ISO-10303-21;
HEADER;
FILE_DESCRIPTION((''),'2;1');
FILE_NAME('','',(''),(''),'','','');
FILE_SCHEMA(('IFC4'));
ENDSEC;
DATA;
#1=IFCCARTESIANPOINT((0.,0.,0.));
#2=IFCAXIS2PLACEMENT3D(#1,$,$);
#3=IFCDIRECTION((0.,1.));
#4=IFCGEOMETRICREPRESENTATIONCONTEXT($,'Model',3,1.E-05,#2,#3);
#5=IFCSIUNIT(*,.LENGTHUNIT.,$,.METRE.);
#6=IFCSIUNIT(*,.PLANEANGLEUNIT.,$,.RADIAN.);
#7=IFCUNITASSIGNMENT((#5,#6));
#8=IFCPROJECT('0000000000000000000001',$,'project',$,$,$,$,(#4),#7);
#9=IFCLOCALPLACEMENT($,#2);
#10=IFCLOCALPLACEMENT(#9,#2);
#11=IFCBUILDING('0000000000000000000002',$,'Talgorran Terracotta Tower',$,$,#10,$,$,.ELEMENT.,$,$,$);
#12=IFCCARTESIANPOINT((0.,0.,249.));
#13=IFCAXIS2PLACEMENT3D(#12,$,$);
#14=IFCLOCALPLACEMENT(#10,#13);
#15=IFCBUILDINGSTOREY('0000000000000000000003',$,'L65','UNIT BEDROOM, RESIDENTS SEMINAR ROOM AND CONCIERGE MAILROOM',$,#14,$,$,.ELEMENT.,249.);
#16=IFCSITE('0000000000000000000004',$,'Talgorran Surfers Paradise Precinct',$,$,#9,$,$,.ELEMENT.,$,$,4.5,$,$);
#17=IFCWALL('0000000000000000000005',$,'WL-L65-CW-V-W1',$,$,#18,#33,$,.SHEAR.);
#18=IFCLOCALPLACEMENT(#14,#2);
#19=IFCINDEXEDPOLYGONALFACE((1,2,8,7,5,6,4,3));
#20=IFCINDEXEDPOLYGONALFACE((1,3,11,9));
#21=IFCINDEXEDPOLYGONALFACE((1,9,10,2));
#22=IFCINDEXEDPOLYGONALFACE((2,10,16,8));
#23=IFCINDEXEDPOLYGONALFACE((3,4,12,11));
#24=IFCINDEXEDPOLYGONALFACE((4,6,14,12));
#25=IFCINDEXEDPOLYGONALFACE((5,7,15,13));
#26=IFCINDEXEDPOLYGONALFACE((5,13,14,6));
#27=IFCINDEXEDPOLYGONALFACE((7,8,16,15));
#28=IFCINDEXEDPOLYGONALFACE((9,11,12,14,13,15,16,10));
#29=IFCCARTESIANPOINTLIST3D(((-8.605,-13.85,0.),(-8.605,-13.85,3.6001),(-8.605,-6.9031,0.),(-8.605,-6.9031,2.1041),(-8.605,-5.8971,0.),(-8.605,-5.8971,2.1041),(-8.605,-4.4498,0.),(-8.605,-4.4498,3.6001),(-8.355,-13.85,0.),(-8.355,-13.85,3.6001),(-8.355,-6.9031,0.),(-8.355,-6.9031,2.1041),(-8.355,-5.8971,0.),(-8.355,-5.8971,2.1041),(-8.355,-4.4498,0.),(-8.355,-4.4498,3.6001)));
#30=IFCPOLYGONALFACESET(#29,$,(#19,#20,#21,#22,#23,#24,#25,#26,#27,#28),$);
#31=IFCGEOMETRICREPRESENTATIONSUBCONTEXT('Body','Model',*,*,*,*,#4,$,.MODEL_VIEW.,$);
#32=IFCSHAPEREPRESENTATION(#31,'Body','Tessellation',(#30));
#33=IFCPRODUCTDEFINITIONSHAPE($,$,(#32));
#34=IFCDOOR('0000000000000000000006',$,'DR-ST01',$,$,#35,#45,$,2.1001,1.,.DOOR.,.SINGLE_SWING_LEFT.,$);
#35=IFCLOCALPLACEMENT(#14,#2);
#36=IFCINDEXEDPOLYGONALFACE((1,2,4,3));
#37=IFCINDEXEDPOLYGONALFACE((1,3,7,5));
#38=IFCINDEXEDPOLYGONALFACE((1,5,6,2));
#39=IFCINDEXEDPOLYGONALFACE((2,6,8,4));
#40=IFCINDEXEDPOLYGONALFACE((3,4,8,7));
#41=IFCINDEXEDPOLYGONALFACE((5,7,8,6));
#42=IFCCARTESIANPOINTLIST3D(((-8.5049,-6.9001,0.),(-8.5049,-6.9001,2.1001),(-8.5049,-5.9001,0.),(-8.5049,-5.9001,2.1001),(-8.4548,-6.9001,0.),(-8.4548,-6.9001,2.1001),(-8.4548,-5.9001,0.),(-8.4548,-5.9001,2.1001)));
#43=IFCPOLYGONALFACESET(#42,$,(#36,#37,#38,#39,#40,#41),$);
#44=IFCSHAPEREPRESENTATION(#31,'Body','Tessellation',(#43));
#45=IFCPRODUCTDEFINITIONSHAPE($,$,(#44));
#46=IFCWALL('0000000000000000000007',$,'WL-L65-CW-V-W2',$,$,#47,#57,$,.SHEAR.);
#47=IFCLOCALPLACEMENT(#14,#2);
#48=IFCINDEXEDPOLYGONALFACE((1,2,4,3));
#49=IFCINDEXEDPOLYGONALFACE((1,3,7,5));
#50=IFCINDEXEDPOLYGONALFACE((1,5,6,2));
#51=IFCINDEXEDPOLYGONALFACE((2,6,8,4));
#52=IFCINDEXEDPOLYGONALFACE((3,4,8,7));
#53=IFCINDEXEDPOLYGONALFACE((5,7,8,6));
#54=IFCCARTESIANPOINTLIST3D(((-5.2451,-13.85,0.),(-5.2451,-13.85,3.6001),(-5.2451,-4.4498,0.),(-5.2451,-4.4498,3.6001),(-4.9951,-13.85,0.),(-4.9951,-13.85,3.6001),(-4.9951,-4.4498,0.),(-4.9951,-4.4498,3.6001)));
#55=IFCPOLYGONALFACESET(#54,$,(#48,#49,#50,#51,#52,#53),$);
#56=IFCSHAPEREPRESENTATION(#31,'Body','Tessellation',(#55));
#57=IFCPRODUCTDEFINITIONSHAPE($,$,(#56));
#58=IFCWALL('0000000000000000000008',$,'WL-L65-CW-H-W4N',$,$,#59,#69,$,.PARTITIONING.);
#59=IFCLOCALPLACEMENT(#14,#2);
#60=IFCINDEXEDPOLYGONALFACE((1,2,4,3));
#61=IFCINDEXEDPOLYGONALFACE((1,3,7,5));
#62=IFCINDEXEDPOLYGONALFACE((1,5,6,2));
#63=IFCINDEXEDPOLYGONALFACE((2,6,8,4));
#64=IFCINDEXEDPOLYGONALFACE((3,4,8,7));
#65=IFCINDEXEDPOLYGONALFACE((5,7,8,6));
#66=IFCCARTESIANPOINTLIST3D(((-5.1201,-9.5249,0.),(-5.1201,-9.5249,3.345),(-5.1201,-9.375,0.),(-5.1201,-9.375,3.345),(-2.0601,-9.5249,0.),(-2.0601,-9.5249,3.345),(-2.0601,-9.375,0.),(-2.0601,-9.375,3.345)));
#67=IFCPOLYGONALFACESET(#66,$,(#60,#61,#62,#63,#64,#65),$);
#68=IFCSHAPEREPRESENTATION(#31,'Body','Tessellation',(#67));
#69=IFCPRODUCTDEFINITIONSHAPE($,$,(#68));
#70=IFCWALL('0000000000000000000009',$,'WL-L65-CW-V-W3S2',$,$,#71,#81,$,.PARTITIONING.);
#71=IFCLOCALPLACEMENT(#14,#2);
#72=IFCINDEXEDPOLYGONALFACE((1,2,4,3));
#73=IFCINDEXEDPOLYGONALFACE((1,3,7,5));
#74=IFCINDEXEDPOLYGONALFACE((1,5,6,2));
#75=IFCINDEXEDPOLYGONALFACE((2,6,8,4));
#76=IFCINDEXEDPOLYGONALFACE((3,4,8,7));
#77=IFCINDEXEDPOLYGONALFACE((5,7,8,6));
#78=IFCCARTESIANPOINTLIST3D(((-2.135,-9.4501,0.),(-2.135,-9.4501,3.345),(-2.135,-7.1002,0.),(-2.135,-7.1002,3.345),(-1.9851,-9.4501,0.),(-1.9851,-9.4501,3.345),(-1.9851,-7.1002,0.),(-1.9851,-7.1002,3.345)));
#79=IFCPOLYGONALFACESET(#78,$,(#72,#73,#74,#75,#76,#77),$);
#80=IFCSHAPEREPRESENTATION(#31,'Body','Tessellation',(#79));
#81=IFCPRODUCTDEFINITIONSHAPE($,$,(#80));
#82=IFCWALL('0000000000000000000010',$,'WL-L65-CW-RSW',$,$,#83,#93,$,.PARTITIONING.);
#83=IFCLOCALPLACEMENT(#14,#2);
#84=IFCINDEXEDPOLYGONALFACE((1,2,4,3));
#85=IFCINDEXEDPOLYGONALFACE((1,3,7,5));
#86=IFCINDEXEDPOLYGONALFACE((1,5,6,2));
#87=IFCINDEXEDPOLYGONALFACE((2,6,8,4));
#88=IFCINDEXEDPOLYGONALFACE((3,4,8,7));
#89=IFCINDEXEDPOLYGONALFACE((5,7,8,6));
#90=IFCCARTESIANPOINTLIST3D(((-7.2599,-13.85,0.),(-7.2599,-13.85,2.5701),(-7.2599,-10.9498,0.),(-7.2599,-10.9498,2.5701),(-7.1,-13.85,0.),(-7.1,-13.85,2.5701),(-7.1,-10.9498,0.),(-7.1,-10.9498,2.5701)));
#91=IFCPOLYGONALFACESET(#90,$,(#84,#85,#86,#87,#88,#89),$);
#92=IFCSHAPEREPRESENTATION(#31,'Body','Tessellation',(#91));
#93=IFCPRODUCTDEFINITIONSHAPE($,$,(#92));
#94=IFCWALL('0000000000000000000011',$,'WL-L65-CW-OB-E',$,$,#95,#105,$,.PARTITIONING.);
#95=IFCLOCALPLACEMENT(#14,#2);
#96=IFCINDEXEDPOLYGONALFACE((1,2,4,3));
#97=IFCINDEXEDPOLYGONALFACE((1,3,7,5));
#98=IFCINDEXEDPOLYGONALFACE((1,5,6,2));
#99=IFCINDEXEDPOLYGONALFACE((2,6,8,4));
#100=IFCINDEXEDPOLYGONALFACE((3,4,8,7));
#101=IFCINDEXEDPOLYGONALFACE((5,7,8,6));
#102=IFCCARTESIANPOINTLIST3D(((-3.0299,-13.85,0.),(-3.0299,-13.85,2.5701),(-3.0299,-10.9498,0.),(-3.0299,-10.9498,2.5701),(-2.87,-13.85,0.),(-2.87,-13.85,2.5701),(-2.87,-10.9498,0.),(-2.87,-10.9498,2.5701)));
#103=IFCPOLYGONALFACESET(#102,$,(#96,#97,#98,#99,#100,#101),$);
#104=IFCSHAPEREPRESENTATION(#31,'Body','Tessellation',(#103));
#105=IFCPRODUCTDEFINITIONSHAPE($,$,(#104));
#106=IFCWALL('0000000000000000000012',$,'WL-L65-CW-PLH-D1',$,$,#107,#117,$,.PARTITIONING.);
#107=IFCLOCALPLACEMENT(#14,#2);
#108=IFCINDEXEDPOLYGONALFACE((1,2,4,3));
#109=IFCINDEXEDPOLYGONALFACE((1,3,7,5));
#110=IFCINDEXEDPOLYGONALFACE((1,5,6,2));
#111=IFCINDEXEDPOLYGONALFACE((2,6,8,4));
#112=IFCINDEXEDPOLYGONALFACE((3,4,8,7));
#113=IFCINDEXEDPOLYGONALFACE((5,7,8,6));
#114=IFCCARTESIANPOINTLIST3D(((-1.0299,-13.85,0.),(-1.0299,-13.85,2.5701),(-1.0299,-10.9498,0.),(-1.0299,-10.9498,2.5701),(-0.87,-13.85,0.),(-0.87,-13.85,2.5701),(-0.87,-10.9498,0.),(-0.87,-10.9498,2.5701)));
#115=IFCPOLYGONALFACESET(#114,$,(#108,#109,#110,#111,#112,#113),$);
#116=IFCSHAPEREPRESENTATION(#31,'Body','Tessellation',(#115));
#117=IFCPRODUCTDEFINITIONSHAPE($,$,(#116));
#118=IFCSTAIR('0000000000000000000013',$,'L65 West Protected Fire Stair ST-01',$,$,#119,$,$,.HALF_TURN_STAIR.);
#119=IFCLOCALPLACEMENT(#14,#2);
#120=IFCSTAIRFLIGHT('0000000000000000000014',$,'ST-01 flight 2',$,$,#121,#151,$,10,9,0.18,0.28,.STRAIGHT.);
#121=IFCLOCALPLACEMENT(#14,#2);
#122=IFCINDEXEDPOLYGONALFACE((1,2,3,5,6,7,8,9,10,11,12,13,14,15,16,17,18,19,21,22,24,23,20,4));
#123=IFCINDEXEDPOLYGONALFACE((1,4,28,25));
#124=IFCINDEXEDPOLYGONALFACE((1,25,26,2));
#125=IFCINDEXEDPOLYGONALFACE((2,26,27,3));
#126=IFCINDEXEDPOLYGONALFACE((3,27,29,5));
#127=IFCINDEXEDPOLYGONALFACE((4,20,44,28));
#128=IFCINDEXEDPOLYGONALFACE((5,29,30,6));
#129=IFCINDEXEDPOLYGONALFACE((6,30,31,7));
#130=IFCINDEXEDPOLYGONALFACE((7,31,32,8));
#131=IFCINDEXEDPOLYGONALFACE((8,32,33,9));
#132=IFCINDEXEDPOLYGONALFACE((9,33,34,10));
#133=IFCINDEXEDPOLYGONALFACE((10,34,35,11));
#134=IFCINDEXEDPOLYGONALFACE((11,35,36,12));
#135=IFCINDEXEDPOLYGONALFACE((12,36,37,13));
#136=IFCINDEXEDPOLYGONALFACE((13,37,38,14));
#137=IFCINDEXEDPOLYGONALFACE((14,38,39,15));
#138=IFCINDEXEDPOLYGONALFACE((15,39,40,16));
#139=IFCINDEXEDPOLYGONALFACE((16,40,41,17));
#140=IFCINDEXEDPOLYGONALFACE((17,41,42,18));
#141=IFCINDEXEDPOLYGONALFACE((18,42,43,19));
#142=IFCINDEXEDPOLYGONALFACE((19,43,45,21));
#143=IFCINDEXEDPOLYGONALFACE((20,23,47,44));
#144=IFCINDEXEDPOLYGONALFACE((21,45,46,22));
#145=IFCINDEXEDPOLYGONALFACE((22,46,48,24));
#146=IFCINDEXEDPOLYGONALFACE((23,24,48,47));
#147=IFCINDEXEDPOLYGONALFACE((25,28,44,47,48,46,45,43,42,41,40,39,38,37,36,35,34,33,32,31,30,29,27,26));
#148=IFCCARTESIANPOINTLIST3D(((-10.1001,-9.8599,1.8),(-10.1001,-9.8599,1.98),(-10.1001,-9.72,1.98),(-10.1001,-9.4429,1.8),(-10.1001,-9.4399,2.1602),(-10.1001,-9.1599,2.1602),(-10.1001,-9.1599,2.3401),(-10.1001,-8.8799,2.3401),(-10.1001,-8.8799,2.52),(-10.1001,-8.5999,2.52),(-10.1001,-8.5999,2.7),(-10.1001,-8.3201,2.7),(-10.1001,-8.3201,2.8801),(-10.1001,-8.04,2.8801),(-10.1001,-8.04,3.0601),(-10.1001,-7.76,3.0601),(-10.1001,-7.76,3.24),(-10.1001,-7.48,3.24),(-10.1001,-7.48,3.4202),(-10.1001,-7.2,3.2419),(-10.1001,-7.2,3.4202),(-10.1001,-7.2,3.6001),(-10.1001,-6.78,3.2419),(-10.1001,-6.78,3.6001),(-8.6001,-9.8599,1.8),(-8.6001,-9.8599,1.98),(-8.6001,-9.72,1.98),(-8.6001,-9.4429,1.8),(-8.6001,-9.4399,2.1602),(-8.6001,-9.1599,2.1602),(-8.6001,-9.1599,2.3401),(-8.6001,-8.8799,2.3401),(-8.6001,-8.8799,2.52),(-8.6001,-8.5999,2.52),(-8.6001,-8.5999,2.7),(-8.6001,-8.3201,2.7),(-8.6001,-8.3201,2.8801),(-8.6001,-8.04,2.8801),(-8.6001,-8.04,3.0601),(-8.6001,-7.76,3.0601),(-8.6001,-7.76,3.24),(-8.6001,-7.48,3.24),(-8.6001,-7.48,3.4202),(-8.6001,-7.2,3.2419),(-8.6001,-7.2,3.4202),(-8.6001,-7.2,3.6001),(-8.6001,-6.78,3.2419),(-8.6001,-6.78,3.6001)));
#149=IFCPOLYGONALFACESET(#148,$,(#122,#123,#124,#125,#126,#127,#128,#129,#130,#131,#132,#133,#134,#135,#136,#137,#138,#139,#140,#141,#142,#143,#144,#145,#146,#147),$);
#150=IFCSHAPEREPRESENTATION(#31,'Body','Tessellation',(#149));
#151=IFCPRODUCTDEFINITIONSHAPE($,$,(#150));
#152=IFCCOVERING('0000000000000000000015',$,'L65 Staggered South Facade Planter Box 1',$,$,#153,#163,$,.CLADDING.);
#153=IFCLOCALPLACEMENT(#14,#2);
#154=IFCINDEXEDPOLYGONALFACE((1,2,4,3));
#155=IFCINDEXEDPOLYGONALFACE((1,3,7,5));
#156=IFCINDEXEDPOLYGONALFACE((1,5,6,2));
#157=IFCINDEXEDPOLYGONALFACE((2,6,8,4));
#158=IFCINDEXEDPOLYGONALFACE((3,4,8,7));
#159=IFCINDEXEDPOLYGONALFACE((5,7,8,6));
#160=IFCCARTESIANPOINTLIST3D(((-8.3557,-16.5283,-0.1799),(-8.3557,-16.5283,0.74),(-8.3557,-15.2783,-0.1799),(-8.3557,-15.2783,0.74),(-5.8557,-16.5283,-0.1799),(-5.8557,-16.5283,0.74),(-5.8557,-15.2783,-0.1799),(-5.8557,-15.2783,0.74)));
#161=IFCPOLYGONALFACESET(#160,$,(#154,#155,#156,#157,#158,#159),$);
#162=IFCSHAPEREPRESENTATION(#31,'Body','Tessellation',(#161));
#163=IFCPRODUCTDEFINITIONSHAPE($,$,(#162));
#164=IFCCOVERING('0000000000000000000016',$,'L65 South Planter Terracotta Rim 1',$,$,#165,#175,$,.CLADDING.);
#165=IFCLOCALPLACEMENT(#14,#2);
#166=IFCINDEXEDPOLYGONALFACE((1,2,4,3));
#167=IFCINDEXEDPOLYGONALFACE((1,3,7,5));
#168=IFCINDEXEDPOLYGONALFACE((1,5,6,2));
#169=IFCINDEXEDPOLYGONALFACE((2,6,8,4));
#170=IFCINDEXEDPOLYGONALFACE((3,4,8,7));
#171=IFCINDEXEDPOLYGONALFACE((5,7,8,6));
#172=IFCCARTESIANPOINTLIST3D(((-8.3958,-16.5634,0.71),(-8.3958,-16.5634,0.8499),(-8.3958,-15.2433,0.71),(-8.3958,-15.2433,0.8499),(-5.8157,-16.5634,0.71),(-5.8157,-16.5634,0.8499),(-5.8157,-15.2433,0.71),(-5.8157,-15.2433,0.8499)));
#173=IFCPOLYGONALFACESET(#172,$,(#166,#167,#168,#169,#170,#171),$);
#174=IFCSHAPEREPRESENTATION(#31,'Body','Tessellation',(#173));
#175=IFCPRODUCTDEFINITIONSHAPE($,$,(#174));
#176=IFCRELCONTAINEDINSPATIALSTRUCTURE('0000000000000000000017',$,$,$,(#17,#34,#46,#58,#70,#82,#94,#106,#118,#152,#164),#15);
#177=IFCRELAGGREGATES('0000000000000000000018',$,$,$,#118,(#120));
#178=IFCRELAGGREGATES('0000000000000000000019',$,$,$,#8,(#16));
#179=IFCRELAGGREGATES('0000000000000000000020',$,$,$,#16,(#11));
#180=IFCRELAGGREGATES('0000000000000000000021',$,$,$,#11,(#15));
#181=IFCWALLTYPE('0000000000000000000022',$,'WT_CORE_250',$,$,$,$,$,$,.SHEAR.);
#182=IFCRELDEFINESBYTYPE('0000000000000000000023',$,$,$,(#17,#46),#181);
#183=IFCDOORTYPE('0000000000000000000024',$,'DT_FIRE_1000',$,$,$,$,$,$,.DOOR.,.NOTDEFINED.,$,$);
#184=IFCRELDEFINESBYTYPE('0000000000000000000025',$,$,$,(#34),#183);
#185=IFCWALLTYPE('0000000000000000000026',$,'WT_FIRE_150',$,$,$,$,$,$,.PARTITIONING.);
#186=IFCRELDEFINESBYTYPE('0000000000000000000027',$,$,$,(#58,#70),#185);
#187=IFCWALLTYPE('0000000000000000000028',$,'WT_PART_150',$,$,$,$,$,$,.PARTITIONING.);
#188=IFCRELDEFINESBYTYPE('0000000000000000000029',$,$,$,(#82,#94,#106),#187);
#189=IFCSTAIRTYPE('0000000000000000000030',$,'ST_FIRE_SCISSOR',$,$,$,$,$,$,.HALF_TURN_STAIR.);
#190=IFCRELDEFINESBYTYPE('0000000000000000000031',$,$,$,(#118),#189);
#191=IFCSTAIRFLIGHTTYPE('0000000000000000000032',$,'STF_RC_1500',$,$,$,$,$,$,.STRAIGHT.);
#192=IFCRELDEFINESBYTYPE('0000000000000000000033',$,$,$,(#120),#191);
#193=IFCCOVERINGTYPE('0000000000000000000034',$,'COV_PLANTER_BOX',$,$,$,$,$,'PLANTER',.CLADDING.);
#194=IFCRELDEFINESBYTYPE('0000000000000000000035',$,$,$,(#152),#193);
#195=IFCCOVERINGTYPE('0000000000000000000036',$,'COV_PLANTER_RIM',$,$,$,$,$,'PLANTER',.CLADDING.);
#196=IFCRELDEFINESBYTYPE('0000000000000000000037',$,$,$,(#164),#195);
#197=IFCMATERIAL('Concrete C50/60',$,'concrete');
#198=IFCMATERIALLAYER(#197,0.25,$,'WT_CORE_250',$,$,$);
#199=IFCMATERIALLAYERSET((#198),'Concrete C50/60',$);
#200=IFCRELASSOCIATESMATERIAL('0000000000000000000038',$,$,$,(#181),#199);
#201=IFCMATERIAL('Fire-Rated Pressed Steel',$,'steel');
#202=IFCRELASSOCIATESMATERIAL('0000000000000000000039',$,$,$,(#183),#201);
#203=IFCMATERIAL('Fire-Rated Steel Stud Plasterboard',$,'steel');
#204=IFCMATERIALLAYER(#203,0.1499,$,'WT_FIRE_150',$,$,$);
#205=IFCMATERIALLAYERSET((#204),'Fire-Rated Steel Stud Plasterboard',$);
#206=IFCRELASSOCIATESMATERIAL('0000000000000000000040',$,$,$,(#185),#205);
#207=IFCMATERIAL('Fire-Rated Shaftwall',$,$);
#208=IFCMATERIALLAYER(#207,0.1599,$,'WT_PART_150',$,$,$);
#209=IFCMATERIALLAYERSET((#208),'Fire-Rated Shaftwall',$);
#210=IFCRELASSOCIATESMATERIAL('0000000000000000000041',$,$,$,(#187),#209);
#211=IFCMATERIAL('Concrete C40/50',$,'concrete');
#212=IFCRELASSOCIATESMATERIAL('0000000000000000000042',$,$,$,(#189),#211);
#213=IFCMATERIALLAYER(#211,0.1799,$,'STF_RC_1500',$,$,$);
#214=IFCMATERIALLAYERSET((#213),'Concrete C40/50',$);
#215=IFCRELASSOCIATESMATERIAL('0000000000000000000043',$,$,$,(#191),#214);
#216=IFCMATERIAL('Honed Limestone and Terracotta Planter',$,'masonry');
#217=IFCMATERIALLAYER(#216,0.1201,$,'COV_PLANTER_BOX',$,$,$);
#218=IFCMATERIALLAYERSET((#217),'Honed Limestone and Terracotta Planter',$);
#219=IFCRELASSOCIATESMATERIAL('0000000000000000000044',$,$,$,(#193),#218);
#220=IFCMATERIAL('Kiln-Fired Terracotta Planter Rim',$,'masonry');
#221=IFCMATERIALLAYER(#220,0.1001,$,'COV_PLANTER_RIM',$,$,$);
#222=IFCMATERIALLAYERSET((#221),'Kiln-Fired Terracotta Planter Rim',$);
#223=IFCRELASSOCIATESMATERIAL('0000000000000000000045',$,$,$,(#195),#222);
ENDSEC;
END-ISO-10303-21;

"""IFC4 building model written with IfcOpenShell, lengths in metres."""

from ifc_helpers import new_model, si_unit, direction, frame, frame_2d, origin, origin_2d, place, context, subcontext, project, spatial, polyline, rectangle, outline, extrude, material, layer, layer_set, type_object, element, fill, aggregate, save


model = new_model("IFC4")

# Units and contexts
model_context = context("Model", 3, precision=1e-05, world=origin(), true_north=direction((0.0, 1.0)))
body_context = subcontext(model_context, "Body", "Model", "MODEL_VIEW")
ifc_project = project(units=[si_unit("LENGTHUNIT", "METRE"), si_unit("PLANEANGLEUNIT", "RADIAN")], contexts=[model_context])

# Site, building, storey
site_placement = place(None, origin())
site = spatial("IfcSite", under=ifc_project, at=site_placement, Name="Talgorran Surfers Paradise Precinct", CompositionType="ELEMENT", RefElevation=4.5)
building_placement = place(site_placement, origin())
building = spatial("IfcBuilding", under=site, at=building_placement, Name="Talgorran Terracotta Tower", CompositionType="ELEMENT")
storey_placement = place(building_placement, frame((0.0, 0.0, 249.0)))
storey = spatial("IfcBuildingStorey", under=building, at=storey_placement, Name="L65", Description="UNIT BEDROOM, RESIDENTS SEMINAR ROOM AND CONCIERGE MAILROOM", CompositionType="ELEMENT", Elevation=249.0)

# Shared definitions
ifc_material_1 = material(Name="Concrete C50/60", Category="concrete")

# Shared definitions
ifc_material_2 = material(Name="Fire-Rated Pressed Steel", Category="steel")

# Wall, opening, door
ifc_layer_1 = layer(ifc_material_1, 0.25, Name="WT_CORE_250")
ifc_layer_set_1 = layer_set([ifc_layer_1], Name="Concrete C50/60")
wall_type_1 = type_object("IfcWallType", Name="WT_CORE_250", PredefinedType="SHEAR", material=ifc_layer_set_1)
wall_1_placement = place(storey_placement, frame((-8.48, -13.8501, 0.0), z_axis=(0.0, 0.0, 1.0), x_axis=(0.0, 1.0, 0.0)))
wall_1 = element("IfcWall", 1, at=wall_1_placement, inside=storey, type_object=wall_type_1, Name="WL-L65-CW-V-W1", PredefinedType="SHEAR", context=body_context, shape_type="SweptSolid", body=[
    extrude(rectangle(XDim=9.4001, YDim=0.25, at=frame_2d((4.7002, 0.0))), origin(), (0.0, 0.0, 1.0), 3.6001),
])
opening_1_placement = place(wall_1_placement, frame((6.95, 0.0, 0.0)))
opening_1 = element("IfcOpeningElement", 2, at=opening_1_placement, cuts=wall_1, PredefinedType="OPENING", context=body_context, shape_type="SweptSolid", body=[
    extrude(rectangle(XDim=1.006, YDim=2.1041, at=frame_2d((0.5, 1.052))), frame((0.0, 0.135, 0.0), z_axis=(0.0, -1.0, 0.0), x_axis=(1.0, 0.0, 0.0)), (0.0, 0.0, 1.0), 0.27),
])
door_type_1 = type_object("IfcDoorType", Name="DT_FIRE_1000", OperationType="NOTDEFINED", PredefinedType="DOOR", material=ifc_material_2)
door_1_placement = place(opening_1_placement, origin())
door_1 = element("IfcDoor", 3, at=door_1_placement, inside=storey, type_object=door_type_1, Name="DR-ST01", OperationType="SINGLE_SWING_LEFT", OverallHeight=2.1001, OverallWidth=1.0, PredefinedType="DOOR", context=body_context, shape_type="SweptSolid", body=[
    extrude(rectangle(XDim=1.0, YDim=2.1001, at=frame_2d((0.5, 1.05))), frame((0.0, 0.0249, 0.0), z_axis=(0.0, -1.0, 0.0), x_axis=(1.0, 0.0, 0.0)), (0.0, 0.0, 1.0), 0.05),
])
fill(opening_1, door_1)

# Walls
wall_2_placement = place(storey_placement, frame((-5.1201, -13.8501, 0.0), z_axis=(0.0, 0.0, 1.0), x_axis=(0.0, 1.0, 0.0)))
element("IfcWall", 4, at=wall_2_placement, inside=storey, type_object=wall_type_1, Name="WL-L65-CW-V-W2", PredefinedType="SHEAR", context=body_context, shape_type="SweptSolid", body=[
    extrude(rectangle(XDim=9.4001, YDim=0.25, at=frame_2d((4.7002, 0.0))), origin(), (0.0, 0.0, 1.0), 3.6001),
])
ifc_material_3 = material(Name="Fire-Rated Steel Stud Plasterboard", Category="steel")
ifc_layer_2 = layer(ifc_material_3, 0.1499, Name="WT_FIRE_150")
ifc_layer_set_2 = layer_set([ifc_layer_2], Name="Fire-Rated Steel Stud Plasterboard")
wall_type_2 = type_object("IfcWallType", Name="WT_FIRE_150", PredefinedType="PARTITIONING", material=ifc_layer_set_2)
wall_3_placement = place(storey_placement, frame((-5.1201, -9.45, 0.0), z_axis=(0.0, 0.0, 1.0), x_axis=(1.0, 0.0, 0.0)))
element("IfcWall", 5, at=wall_3_placement, inside=storey, type_object=wall_type_2, Name="WL-L65-CW-H-W4N", PredefinedType="PARTITIONING", context=body_context, shape_type="SweptSolid", body=[
    extrude(rectangle(XDim=3.0601, YDim=0.1499, at=frame_2d((1.53, 0.0))), origin(), (0.0, 0.0, 1.0), 3.345),
])
wall_4_placement = place(storey_placement, frame((-2.0601, -9.45, 0.0), z_axis=(0.0, 0.0, 1.0), x_axis=(0.0, 1.0, 0.0)))
element("IfcWall", 6, at=wall_4_placement, inside=storey, type_object=wall_type_2, Name="WL-L65-CW-V-W3S2", PredefinedType="PARTITIONING", context=body_context, shape_type="SweptSolid", body=[
    extrude(rectangle(XDim=2.3499, YDim=0.1499, at=frame_2d((1.1748, 0.0))), origin(), (0.0, 0.0, 1.0), 3.345),
])
ifc_material_4 = material(Name="Fire-Rated Shaftwall")
ifc_layer_3 = layer(ifc_material_4, 0.1599, Name="WT_PART_150")
ifc_layer_set_3 = layer_set([ifc_layer_3], Name="Fire-Rated Shaftwall")
wall_type_3 = type_object("IfcWallType", Name="WT_PART_150", PredefinedType="PARTITIONING", material=ifc_layer_set_3)
for number, where, z_axis, x_axis, name in (
    (7, (-7.1799, -13.8501, 0.0), (0.0, 0.0, 1.0), (0.0, 1.0, 0.0), "WL-L65-CW-RSW"),
    (8, (-2.95, -13.8501, 0.0), (0.0, 0.0, 1.0), (0.0, 1.0, 0.0), "WL-L65-CW-OB-E"),
    (9, (-0.95, -13.8501, 0.0), (0.0, 0.0, 1.0), (0.0, 1.0, 0.0), "WL-L65-CW-PLH-D1"),
):
    element("IfcWall", number, at=place(storey_placement, frame(where, z_axis=z_axis, x_axis=x_axis)), inside=storey, type_object=wall_type_3, Name=name, PredefinedType="PARTITIONING", context=body_context, shape_type="SweptSolid", body=[
        extrude(rectangle(XDim=2.9001, YDim=0.1599, at=frame_2d((1.4502, 0.0))), origin(), (0.0, 0.0, 1.0), 2.5701),
    ])

# Stair, stair flight
ifc_material_5 = material(Name="Concrete C40/50", Category="concrete")
stair_type = type_object("IfcStairType", Name="ST_FIRE_SCISSOR", PredefinedType="HALF_TURN_STAIR", material=ifc_material_5)
stair_placement = place(storey_placement, origin())
stair = element("IfcStair", 10, at=stair_placement, inside=storey, type_object=stair_type, Name="L65 West Protected Fire Stair ST-01", PredefinedType="HALF_TURN_STAIR")
ifc_layer_4 = layer(ifc_material_5, 0.1799, Name="STF_RC_1500")
ifc_layer_set_4 = layer_set([ifc_layer_4], Name="Concrete C40/50")
stair_flight_type = type_object("IfcStairFlightType", Name="STF_RC_1500", PredefinedType="STRAIGHT", material=ifc_layer_set_4)
stair_flight_placement = place(storey_placement, frame((-9.3501, -9.72, 1.8), z_axis=(0.0, 0.0, 1.0), x_axis=(0.0, 1.0, 0.0)))
stair_flight = element("IfcStairFlight", 11, at=stair_flight_placement, type_object=stair_flight_type, Name="ST-01 flight 2", NumberOfRisers=10, NumberOfTreads=9, PredefinedType="STRAIGHT", RiserHeight=0.18, TreadLength=0.28, context=body_context, shape_type="SweptSolid", body=[
    extrude(outline(polyline([(-0.1399, 0.0), (-0.1399, 0.1799), (0.0, 0.1799), (0.28, 0.3601), (0.5601, 0.3601), (0.5601, 0.54), (0.8401, 0.54), (0.8401, 0.72), (1.1201, 0.72), (1.1201, 0.8999), (1.3999, 0.8999), (1.3999, 1.0801), (1.6799, 1.0801), (1.6799, 1.26), (1.96, 1.26), (1.96, 1.4399), (2.24, 1.4399), (2.24, 1.6201), (2.52, 1.6201), (2.52, 1.8), (2.9399, 1.8), (2.9399, 1.4419), (2.52, 1.4419), (0.2771, 0.0), (-0.1399, 0.0)])), frame((0.0, 0.75, 0.0), z_axis=(0.0, -1.0, 0.0), x_axis=(1.0, 0.0, 0.0)), (0.0, 0.0, 1.0), 1.5),
])
aggregate(stair, [stair_flight])

# Coverings
ifc_material_6 = material(Name="Honed Limestone and Terracotta Planter", Category="masonry")
ifc_layer_5 = layer(ifc_material_6, 0.1201, Name="COV_PLANTER_BOX")
ifc_layer_set_5 = layer_set([ifc_layer_5], Name="Honed Limestone and Terracotta Planter")
covering_type_1 = type_object("IfcCoveringType", Name="COV_PLANTER_BOX", ElementType="PLANTER", PredefinedType="CLADDING", material=ifc_layer_set_5)
covering_1_placement = place(storey_placement, frame((-7.1057, -15.9033, -0.1799), z_axis=(0.0, 0.0, 1.0), x_axis=(1.0, 0.0, 0.0)))
element("IfcCovering", 12, at=covering_1_placement, inside=storey, type_object=covering_type_1, Name="L65 Staggered South Facade Planter Box 1", PredefinedType="CLADDING", context=body_context, shape_type="SweptSolid", body=[
    extrude(rectangle(XDim=2.5, YDim=1.25, at=origin_2d()), origin(), (0.0, 0.0, 1.0), 0.9199),
])
ifc_material_7 = material(Name="Kiln-Fired Terracotta Planter Rim", Category="masonry")
ifc_layer_6 = layer(ifc_material_7, 0.1001, Name="COV_PLANTER_RIM")
ifc_layer_set_6 = layer_set([ifc_layer_6], Name="Kiln-Fired Terracotta Planter Rim")
covering_type_2 = type_object("IfcCoveringType", Name="COV_PLANTER_RIM", ElementType="PLANTER", PredefinedType="CLADDING", material=ifc_layer_set_6)
covering_2_placement = place(storey_placement, frame((-7.1057, -15.9033, 0.71), z_axis=(0.0, 0.0, 1.0), x_axis=(1.0, 0.0, 0.0)))
element("IfcCovering", 13, at=covering_2_placement, inside=storey, type_object=covering_type_2, Name="L65 South Planter Terracotta Rim 1", PredefinedType="CLADDING", context=body_context, shape_type="SweptSolid", body=[
    extrude(rectangle(XDim=2.5801, YDim=1.3201, at=origin_2d()), origin(), (0.0, 0.0, 1.0), 0.1399),
])

save(model, "model.ifc")
